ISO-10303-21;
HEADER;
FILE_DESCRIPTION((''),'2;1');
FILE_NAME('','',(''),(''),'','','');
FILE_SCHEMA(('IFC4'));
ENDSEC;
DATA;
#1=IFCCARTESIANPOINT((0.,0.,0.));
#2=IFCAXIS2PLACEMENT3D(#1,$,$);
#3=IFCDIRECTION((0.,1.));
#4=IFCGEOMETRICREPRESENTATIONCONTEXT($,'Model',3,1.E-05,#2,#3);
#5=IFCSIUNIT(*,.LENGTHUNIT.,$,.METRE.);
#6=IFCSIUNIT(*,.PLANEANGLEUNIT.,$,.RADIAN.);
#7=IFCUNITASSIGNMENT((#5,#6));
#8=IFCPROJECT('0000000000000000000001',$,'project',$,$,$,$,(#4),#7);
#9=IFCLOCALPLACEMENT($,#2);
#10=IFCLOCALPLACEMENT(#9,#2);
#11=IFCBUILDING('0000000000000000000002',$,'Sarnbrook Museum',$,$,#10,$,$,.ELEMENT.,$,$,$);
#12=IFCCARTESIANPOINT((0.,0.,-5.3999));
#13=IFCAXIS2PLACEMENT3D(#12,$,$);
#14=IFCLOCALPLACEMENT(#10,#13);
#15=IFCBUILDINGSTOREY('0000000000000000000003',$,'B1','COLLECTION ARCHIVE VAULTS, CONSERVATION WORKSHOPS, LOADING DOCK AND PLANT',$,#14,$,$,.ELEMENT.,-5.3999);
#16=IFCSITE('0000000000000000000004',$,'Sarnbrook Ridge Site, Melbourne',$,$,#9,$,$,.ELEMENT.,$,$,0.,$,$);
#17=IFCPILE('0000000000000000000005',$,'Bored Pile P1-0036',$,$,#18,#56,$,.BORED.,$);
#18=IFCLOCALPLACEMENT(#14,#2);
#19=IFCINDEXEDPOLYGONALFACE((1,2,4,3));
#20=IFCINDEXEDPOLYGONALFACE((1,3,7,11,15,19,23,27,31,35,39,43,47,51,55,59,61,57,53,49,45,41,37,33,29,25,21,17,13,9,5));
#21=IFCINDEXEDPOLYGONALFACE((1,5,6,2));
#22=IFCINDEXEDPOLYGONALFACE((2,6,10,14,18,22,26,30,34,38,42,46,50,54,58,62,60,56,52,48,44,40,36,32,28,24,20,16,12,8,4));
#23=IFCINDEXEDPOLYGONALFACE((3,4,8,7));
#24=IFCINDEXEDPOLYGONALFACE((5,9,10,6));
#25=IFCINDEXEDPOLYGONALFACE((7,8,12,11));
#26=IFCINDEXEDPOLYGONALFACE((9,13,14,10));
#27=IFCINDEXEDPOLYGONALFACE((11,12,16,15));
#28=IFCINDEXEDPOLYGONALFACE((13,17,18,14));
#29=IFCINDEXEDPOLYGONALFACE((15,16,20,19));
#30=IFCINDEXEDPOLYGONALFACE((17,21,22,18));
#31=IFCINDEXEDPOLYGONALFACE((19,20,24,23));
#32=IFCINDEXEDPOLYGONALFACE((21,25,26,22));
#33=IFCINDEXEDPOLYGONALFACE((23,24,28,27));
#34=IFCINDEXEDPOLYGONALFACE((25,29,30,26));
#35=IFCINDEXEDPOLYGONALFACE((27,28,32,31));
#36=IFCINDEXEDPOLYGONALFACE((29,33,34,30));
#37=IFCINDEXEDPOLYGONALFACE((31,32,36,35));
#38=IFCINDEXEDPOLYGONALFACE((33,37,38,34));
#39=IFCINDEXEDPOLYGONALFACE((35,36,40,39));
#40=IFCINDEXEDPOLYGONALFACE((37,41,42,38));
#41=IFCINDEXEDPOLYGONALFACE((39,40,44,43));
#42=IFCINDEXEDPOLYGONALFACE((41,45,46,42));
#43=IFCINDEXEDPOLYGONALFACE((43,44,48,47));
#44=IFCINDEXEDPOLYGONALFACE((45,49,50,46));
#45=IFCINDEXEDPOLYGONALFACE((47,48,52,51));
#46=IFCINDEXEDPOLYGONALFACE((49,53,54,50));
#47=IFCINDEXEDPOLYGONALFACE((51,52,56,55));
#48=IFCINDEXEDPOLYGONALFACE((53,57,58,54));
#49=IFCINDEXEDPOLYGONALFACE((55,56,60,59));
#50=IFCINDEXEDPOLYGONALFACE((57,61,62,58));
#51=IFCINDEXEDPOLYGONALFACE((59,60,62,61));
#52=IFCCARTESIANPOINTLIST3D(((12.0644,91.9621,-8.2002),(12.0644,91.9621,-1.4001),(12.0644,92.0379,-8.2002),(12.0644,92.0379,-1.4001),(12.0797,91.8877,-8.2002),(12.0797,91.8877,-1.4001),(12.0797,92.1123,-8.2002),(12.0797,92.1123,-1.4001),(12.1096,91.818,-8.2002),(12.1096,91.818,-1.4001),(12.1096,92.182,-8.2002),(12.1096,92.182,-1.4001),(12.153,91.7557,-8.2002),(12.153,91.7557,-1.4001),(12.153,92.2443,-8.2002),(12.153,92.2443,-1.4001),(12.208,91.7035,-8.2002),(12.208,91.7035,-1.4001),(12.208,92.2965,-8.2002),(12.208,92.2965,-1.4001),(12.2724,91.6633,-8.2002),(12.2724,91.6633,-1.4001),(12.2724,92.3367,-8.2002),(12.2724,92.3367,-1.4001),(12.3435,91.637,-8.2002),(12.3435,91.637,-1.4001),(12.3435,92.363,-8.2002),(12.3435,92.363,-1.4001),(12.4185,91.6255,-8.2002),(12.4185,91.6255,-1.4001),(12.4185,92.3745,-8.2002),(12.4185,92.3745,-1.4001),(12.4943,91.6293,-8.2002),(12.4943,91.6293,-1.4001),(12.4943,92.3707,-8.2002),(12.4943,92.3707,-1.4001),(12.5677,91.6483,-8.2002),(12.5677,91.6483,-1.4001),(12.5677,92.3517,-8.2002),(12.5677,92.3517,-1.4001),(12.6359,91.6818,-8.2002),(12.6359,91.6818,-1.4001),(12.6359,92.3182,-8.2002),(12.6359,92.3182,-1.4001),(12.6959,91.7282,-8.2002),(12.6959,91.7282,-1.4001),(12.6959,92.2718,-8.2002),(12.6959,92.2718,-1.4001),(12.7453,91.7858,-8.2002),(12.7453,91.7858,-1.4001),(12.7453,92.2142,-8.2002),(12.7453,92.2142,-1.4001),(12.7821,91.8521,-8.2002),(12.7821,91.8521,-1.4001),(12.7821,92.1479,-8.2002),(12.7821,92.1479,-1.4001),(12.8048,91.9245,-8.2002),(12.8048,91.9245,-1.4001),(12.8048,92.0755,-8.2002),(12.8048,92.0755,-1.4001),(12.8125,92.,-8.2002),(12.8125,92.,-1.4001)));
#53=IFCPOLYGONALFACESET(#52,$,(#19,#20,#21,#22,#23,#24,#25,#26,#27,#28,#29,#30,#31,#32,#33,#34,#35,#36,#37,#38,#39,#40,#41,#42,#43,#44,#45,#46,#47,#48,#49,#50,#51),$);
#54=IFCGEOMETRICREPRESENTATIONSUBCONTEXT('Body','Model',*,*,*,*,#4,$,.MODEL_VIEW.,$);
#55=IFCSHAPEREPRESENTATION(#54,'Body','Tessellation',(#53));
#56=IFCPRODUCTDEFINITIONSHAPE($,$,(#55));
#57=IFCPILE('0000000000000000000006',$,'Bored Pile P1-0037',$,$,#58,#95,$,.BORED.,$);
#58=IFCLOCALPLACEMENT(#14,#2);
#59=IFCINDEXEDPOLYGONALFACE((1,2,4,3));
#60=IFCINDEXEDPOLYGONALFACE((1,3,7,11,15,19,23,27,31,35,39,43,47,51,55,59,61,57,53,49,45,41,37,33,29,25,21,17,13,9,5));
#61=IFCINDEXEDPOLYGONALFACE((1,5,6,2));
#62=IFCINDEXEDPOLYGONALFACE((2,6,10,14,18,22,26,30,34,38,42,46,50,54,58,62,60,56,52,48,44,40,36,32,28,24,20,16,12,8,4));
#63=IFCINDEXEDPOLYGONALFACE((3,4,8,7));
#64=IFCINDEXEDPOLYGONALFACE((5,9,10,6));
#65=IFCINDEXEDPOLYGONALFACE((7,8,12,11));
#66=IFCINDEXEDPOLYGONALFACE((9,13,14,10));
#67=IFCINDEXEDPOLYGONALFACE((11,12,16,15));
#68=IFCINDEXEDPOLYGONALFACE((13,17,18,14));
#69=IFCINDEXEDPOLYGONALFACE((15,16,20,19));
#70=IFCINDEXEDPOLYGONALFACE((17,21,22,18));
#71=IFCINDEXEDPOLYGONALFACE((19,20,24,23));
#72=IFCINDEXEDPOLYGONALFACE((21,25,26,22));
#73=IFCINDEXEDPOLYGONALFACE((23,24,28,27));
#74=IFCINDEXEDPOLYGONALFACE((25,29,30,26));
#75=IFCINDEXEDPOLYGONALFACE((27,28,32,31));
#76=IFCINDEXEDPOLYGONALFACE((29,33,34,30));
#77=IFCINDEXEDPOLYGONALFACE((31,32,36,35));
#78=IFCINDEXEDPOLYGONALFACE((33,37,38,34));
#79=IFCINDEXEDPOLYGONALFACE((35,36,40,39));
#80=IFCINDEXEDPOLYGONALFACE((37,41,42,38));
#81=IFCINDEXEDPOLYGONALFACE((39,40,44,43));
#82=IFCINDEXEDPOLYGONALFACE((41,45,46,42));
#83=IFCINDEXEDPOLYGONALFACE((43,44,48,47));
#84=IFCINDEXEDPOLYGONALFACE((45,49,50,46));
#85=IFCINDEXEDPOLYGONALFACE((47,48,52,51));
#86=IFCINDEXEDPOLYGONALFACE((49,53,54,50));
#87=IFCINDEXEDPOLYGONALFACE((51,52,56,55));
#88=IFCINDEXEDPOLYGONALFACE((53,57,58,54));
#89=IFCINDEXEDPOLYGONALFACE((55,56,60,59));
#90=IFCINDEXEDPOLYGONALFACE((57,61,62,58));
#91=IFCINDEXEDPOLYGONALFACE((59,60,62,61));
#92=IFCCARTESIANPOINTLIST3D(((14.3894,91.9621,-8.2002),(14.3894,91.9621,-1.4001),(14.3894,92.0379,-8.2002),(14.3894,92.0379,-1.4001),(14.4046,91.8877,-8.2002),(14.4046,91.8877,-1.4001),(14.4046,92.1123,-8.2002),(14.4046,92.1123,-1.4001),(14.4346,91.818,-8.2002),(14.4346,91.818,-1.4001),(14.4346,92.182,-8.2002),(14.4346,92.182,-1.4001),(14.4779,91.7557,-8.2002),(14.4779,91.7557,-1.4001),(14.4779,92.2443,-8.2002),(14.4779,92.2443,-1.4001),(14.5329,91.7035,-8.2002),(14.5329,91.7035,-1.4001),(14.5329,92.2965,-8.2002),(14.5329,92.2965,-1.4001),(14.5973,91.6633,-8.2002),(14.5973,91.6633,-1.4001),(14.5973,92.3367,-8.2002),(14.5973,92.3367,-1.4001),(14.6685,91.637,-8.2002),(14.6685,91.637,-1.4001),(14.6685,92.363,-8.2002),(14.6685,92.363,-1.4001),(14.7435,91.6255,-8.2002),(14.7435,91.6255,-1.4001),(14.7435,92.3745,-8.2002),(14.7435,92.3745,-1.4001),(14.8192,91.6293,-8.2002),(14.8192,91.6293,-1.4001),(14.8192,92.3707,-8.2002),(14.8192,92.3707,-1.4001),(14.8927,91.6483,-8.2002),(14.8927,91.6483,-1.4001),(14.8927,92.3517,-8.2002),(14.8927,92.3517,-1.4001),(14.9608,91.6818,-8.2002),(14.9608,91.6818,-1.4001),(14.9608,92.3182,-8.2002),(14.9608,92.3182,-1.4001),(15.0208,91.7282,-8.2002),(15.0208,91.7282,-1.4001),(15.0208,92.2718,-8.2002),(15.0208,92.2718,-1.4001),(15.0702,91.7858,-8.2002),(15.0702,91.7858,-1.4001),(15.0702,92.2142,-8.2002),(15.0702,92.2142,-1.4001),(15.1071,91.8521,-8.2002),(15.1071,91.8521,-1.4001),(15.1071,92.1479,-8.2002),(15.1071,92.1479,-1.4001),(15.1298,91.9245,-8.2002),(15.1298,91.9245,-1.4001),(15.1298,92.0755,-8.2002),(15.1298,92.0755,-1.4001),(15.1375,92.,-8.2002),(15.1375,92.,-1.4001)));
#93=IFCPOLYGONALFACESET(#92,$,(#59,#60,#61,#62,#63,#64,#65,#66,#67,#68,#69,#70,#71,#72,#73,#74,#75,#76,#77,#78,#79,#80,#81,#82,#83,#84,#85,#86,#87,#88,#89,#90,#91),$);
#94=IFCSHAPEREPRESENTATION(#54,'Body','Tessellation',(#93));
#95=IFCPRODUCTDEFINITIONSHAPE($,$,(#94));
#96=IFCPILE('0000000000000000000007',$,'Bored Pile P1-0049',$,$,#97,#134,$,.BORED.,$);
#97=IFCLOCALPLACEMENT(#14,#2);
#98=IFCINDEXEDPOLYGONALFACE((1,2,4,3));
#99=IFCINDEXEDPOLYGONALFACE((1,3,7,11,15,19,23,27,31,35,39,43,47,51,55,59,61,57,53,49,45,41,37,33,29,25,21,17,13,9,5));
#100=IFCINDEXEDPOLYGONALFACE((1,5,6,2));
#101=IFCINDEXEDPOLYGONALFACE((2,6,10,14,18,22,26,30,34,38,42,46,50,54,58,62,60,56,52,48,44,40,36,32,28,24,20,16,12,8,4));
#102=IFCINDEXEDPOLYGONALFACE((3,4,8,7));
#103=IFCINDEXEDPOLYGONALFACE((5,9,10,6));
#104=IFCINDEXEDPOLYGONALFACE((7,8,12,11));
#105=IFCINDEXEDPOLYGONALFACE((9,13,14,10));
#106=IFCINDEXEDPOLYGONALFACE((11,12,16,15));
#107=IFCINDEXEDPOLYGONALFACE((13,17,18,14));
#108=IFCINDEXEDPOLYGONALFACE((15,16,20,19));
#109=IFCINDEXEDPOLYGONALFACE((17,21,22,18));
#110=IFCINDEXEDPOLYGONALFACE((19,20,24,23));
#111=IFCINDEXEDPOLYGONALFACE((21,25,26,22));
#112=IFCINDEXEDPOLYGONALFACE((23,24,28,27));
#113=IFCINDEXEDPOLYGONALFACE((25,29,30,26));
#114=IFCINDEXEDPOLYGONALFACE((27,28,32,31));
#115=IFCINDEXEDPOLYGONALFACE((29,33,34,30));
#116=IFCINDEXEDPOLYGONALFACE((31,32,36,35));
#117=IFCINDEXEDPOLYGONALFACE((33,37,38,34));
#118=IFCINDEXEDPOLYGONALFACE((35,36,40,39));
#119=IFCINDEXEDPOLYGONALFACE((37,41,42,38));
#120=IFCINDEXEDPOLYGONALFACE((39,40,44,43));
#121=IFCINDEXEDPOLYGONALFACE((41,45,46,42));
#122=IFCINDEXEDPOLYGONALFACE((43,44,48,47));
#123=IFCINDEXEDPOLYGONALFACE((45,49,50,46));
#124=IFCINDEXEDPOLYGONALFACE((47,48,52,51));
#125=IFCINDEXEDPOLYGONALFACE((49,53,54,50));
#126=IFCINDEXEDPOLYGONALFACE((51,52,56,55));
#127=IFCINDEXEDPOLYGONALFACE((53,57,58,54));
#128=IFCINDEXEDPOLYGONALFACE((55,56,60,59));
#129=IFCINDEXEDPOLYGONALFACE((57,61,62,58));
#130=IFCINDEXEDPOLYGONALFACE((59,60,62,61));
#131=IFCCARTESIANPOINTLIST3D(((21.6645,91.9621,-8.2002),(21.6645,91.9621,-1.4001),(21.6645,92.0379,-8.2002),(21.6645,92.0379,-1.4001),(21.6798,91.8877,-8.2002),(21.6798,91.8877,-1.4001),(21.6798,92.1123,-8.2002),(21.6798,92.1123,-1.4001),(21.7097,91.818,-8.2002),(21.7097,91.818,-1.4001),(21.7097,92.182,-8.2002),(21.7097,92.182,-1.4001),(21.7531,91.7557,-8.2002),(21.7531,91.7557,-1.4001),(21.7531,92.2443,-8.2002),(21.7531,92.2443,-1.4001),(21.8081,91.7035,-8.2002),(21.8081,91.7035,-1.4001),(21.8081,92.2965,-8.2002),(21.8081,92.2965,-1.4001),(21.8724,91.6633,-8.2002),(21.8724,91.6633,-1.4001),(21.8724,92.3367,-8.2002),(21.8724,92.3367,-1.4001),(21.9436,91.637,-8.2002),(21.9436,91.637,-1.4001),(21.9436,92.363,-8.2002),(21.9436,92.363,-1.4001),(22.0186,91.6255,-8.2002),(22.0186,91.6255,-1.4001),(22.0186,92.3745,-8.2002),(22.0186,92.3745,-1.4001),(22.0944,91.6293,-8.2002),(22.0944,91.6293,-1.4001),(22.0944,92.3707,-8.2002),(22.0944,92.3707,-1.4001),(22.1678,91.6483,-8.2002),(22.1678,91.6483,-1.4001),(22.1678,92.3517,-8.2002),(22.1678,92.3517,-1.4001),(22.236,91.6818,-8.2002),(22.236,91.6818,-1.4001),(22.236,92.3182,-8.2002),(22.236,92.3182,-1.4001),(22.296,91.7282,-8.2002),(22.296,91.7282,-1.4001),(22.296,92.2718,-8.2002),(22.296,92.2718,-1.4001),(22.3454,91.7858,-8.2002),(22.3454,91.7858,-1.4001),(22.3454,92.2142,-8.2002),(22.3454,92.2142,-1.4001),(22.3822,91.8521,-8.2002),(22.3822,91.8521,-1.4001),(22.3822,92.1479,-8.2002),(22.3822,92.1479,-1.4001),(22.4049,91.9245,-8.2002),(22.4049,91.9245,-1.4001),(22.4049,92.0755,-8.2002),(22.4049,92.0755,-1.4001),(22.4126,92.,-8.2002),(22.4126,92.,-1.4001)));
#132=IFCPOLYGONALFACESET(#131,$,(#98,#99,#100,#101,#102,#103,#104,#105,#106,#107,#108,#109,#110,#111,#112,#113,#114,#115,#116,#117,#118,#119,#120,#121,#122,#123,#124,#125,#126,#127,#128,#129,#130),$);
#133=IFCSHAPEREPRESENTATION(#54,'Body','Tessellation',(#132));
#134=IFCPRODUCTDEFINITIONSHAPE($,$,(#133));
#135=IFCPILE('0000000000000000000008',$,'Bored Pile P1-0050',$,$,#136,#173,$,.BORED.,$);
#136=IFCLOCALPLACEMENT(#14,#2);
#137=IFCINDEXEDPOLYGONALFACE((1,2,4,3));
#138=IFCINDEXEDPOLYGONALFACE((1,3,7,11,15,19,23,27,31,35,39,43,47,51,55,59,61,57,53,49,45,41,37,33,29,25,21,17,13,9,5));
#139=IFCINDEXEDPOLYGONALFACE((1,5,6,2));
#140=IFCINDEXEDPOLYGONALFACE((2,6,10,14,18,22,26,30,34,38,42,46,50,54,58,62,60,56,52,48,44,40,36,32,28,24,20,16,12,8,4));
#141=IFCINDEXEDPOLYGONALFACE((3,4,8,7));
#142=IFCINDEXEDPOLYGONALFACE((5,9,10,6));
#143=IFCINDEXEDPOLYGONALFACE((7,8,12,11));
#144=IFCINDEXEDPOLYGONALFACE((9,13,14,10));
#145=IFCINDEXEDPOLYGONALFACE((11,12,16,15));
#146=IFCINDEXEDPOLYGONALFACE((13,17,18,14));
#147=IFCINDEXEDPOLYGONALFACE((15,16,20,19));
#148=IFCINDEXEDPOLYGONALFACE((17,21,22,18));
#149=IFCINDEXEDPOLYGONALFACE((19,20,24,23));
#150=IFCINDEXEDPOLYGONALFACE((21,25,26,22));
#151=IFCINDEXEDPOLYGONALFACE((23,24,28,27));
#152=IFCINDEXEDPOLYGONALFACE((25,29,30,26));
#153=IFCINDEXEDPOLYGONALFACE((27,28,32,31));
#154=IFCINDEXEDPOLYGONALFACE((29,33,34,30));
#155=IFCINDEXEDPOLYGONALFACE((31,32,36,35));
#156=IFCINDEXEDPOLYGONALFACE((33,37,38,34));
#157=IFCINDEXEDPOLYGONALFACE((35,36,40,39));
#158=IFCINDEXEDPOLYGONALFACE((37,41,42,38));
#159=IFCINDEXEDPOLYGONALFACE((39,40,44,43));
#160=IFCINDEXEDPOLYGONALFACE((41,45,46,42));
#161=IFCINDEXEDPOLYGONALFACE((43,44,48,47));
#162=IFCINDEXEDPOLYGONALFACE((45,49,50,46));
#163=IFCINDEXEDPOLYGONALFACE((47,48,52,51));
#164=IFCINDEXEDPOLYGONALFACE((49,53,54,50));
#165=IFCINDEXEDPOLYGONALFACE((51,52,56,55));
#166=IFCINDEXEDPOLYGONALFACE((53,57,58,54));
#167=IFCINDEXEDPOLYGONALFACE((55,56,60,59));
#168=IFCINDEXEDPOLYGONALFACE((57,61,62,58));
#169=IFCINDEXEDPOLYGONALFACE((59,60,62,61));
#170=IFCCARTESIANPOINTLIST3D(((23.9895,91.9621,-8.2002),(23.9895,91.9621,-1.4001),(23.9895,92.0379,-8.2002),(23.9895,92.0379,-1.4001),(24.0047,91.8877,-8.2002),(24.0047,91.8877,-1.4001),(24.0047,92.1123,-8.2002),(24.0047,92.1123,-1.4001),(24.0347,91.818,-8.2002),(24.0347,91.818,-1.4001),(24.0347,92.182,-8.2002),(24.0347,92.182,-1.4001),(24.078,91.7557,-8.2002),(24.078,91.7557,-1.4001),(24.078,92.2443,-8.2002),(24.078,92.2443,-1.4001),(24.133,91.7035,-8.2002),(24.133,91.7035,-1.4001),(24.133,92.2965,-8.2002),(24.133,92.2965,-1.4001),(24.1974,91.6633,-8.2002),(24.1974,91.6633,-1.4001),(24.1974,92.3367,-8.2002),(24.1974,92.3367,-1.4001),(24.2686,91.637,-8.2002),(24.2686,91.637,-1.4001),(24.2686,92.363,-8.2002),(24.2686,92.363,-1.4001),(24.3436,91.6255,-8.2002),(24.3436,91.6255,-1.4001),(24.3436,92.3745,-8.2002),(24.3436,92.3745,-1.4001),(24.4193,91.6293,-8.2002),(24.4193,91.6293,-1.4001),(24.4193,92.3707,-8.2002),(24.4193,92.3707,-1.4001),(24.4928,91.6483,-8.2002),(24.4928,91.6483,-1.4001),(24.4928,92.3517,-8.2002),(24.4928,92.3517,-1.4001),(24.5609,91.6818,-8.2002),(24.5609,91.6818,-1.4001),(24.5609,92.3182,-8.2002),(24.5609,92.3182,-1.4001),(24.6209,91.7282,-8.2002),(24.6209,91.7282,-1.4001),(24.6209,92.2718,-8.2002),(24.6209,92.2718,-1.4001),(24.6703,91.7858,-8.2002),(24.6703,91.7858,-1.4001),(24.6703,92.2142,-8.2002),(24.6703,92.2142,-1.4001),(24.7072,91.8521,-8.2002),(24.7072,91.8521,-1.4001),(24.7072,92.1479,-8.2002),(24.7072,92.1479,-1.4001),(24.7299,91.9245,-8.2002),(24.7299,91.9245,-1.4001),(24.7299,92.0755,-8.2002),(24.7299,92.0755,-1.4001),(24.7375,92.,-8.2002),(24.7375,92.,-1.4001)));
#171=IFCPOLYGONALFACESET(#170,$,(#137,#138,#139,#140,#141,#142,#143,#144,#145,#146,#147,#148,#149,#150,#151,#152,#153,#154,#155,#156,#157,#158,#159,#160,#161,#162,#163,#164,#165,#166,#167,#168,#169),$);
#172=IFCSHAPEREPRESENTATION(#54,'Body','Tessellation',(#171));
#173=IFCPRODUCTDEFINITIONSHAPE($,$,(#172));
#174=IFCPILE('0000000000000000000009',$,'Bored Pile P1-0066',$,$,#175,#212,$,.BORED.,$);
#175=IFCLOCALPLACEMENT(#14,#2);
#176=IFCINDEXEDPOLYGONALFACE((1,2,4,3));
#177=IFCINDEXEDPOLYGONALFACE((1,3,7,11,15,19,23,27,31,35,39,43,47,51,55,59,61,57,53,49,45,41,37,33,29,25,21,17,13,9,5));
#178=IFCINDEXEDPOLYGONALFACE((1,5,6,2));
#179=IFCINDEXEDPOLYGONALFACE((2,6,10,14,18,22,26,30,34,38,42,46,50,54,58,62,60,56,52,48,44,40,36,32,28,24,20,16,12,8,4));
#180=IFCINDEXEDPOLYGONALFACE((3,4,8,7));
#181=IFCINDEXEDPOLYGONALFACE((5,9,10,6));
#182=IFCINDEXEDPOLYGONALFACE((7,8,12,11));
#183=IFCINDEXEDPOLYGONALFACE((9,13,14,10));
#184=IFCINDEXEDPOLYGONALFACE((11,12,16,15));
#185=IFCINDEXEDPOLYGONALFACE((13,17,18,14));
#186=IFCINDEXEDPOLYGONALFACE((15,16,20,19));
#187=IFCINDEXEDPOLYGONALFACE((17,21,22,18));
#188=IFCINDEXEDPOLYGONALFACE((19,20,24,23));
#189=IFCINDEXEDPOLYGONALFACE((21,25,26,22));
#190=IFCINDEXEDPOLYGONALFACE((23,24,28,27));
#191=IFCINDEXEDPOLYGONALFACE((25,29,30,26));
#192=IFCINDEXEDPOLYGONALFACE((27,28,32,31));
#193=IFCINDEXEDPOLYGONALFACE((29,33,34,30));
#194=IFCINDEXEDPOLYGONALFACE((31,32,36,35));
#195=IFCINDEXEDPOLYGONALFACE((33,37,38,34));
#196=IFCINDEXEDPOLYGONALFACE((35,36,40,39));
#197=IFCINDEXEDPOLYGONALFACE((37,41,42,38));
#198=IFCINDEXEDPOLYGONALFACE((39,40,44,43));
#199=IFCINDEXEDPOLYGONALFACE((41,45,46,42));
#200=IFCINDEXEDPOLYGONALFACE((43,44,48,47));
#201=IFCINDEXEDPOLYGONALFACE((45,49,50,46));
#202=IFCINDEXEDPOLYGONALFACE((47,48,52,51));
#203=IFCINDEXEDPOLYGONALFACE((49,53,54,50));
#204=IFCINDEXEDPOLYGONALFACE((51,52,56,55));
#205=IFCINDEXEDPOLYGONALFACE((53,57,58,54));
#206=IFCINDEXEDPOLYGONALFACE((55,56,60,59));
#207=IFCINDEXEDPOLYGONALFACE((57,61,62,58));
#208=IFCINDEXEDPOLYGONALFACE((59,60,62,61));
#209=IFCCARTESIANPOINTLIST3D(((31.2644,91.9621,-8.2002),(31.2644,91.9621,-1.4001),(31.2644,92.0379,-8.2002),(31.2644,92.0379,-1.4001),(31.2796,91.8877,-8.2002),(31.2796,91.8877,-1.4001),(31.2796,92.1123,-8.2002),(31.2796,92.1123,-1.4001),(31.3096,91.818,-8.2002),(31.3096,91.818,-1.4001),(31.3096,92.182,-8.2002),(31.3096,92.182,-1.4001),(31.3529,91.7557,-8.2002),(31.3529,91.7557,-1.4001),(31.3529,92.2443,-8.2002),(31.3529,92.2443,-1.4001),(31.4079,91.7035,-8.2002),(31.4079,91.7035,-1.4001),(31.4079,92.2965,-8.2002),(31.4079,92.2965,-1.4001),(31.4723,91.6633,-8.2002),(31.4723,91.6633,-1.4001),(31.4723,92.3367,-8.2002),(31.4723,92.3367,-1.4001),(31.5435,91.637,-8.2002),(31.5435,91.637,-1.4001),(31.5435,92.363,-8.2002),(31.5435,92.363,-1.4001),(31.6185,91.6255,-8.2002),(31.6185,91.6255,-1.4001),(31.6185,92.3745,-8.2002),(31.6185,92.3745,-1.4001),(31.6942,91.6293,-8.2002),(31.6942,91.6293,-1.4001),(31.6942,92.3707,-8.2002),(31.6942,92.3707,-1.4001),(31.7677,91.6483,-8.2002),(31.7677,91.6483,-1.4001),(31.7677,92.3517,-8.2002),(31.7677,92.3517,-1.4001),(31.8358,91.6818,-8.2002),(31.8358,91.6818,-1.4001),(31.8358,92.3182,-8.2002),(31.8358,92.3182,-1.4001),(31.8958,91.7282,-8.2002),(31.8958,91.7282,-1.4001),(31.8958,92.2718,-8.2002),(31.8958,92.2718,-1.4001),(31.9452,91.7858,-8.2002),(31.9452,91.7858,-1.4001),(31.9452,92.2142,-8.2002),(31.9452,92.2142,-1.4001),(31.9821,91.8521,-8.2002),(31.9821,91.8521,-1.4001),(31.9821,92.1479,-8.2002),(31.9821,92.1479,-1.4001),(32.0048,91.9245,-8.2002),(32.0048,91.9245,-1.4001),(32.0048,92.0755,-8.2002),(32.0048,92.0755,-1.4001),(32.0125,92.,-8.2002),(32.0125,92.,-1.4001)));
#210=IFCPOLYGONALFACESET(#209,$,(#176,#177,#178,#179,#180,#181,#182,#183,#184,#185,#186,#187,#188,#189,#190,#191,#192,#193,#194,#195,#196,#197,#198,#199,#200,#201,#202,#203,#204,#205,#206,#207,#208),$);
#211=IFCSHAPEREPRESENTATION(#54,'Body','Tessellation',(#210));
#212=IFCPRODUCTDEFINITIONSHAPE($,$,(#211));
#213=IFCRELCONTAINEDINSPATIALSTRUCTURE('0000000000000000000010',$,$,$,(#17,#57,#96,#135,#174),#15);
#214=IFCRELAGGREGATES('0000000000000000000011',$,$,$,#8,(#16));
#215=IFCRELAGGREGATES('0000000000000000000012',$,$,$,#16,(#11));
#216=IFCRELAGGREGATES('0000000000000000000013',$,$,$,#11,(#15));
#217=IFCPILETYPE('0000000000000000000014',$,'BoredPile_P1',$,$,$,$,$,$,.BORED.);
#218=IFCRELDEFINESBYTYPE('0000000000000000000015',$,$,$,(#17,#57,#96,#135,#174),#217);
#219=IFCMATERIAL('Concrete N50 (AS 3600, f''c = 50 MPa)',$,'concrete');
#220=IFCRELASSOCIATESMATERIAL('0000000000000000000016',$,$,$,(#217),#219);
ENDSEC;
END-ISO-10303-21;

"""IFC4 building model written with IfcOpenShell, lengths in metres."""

from ifc_helpers import new_model, si_unit, direction, frame, origin, origin_2d, place, context, subcontext, project, spatial, circle, extrude, material, material_profile, profile_set, type_object, element, save


model = new_model("IFC4")

# Units and contexts
model_context = context("Model", 3, precision=1e-05, world=origin(), true_north=direction((0.0, 1.0)))
body_context = subcontext(model_context, "Body", "Model", "MODEL_VIEW")
ifc_project = project(units=[si_unit("LENGTHUNIT", "METRE"), si_unit("PLANEANGLEUNIT", "RADIAN")], contexts=[model_context])

# Site, building, storey
site_placement = place(None, origin())
site = spatial("IfcSite", under=ifc_project, at=site_placement, Name="Sarnbrook Ridge Site, Melbourne", CompositionType="ELEMENT", RefElevation=0.0)
building_placement = place(site_placement, origin())
building = spatial("IfcBuilding", under=site, at=building_placement, Name="Sarnbrook Museum", CompositionType="ELEMENT")
storey_placement = place(building_placement, frame((0.0, 0.0, -5.3999)))
storey = spatial("IfcBuildingStorey", under=building, at=storey_placement, Name="B1", Description="COLLECTION ARCHIVE VAULTS, CONSERVATION WORKSHOPS, LOADING DOCK AND PLANT", CompositionType="ELEMENT", Elevation=-5.3999)

# Piles
ifc_material_1 = material(Name="Concrete N50 (AS 3600, f'c = 50 MPa)", Category="concrete")
ifc_material_profile_1 = material_profile(ifc_material_1, circle(Radius=0.375, at=origin_2d()), Name="BORED PILE D750")
ifc_profile_set_1 = profile_set([ifc_material_profile_1], Name="Concrete N50 (AS 3600, f'c = 50 MPa)")
pile_type_1 = type_object("IfcPileType", Name="BoredPile_P1", PredefinedType="BORED", material=ifc_profile_set_1)
for number, where, z_axis, x_axis, name in (
    (1, (12.4375, 92.0, -1.4001), (0.0, 0.0, -1.0), (1.0, 0.0, 0.0), "Bored Pile P1-0036"),
    (2, (14.7625, 92.0, -1.4001), (0.0, 0.0, -1.0), (1.0, 0.0, 0.0), "Bored Pile P1-0037"),
    (3, (22.0376, 92.0, -1.4001), (0.0, 0.0, -1.0), (1.0, 0.0, 0.0), "Bored Pile P1-0049"),
    (4, (24.3625, 92.0, -1.4001), (0.0, 0.0, -1.0), (1.0, 0.0, 0.0), "Bored Pile P1-0050"),
    (5, (31.6375, 92.0, -1.4001), (0.0, 0.0, -1.0), (1.0, 0.0, 0.0), "Bored Pile P1-0066"),
):
    element("IfcPile", number, at=place(storey_placement, frame(where, z_axis=z_axis, x_axis=x_axis)), inside=storey, type_object=pile_type_1, Name=name, PredefinedType="BORED", context=body_context, shape_type="SweptSolid", body=[
        extrude(circle(Radius=0.375, at=origin_2d()), origin(), (0.0, 0.0, 1.0), 6.8),
    ])

save(model, "model.ifc")
